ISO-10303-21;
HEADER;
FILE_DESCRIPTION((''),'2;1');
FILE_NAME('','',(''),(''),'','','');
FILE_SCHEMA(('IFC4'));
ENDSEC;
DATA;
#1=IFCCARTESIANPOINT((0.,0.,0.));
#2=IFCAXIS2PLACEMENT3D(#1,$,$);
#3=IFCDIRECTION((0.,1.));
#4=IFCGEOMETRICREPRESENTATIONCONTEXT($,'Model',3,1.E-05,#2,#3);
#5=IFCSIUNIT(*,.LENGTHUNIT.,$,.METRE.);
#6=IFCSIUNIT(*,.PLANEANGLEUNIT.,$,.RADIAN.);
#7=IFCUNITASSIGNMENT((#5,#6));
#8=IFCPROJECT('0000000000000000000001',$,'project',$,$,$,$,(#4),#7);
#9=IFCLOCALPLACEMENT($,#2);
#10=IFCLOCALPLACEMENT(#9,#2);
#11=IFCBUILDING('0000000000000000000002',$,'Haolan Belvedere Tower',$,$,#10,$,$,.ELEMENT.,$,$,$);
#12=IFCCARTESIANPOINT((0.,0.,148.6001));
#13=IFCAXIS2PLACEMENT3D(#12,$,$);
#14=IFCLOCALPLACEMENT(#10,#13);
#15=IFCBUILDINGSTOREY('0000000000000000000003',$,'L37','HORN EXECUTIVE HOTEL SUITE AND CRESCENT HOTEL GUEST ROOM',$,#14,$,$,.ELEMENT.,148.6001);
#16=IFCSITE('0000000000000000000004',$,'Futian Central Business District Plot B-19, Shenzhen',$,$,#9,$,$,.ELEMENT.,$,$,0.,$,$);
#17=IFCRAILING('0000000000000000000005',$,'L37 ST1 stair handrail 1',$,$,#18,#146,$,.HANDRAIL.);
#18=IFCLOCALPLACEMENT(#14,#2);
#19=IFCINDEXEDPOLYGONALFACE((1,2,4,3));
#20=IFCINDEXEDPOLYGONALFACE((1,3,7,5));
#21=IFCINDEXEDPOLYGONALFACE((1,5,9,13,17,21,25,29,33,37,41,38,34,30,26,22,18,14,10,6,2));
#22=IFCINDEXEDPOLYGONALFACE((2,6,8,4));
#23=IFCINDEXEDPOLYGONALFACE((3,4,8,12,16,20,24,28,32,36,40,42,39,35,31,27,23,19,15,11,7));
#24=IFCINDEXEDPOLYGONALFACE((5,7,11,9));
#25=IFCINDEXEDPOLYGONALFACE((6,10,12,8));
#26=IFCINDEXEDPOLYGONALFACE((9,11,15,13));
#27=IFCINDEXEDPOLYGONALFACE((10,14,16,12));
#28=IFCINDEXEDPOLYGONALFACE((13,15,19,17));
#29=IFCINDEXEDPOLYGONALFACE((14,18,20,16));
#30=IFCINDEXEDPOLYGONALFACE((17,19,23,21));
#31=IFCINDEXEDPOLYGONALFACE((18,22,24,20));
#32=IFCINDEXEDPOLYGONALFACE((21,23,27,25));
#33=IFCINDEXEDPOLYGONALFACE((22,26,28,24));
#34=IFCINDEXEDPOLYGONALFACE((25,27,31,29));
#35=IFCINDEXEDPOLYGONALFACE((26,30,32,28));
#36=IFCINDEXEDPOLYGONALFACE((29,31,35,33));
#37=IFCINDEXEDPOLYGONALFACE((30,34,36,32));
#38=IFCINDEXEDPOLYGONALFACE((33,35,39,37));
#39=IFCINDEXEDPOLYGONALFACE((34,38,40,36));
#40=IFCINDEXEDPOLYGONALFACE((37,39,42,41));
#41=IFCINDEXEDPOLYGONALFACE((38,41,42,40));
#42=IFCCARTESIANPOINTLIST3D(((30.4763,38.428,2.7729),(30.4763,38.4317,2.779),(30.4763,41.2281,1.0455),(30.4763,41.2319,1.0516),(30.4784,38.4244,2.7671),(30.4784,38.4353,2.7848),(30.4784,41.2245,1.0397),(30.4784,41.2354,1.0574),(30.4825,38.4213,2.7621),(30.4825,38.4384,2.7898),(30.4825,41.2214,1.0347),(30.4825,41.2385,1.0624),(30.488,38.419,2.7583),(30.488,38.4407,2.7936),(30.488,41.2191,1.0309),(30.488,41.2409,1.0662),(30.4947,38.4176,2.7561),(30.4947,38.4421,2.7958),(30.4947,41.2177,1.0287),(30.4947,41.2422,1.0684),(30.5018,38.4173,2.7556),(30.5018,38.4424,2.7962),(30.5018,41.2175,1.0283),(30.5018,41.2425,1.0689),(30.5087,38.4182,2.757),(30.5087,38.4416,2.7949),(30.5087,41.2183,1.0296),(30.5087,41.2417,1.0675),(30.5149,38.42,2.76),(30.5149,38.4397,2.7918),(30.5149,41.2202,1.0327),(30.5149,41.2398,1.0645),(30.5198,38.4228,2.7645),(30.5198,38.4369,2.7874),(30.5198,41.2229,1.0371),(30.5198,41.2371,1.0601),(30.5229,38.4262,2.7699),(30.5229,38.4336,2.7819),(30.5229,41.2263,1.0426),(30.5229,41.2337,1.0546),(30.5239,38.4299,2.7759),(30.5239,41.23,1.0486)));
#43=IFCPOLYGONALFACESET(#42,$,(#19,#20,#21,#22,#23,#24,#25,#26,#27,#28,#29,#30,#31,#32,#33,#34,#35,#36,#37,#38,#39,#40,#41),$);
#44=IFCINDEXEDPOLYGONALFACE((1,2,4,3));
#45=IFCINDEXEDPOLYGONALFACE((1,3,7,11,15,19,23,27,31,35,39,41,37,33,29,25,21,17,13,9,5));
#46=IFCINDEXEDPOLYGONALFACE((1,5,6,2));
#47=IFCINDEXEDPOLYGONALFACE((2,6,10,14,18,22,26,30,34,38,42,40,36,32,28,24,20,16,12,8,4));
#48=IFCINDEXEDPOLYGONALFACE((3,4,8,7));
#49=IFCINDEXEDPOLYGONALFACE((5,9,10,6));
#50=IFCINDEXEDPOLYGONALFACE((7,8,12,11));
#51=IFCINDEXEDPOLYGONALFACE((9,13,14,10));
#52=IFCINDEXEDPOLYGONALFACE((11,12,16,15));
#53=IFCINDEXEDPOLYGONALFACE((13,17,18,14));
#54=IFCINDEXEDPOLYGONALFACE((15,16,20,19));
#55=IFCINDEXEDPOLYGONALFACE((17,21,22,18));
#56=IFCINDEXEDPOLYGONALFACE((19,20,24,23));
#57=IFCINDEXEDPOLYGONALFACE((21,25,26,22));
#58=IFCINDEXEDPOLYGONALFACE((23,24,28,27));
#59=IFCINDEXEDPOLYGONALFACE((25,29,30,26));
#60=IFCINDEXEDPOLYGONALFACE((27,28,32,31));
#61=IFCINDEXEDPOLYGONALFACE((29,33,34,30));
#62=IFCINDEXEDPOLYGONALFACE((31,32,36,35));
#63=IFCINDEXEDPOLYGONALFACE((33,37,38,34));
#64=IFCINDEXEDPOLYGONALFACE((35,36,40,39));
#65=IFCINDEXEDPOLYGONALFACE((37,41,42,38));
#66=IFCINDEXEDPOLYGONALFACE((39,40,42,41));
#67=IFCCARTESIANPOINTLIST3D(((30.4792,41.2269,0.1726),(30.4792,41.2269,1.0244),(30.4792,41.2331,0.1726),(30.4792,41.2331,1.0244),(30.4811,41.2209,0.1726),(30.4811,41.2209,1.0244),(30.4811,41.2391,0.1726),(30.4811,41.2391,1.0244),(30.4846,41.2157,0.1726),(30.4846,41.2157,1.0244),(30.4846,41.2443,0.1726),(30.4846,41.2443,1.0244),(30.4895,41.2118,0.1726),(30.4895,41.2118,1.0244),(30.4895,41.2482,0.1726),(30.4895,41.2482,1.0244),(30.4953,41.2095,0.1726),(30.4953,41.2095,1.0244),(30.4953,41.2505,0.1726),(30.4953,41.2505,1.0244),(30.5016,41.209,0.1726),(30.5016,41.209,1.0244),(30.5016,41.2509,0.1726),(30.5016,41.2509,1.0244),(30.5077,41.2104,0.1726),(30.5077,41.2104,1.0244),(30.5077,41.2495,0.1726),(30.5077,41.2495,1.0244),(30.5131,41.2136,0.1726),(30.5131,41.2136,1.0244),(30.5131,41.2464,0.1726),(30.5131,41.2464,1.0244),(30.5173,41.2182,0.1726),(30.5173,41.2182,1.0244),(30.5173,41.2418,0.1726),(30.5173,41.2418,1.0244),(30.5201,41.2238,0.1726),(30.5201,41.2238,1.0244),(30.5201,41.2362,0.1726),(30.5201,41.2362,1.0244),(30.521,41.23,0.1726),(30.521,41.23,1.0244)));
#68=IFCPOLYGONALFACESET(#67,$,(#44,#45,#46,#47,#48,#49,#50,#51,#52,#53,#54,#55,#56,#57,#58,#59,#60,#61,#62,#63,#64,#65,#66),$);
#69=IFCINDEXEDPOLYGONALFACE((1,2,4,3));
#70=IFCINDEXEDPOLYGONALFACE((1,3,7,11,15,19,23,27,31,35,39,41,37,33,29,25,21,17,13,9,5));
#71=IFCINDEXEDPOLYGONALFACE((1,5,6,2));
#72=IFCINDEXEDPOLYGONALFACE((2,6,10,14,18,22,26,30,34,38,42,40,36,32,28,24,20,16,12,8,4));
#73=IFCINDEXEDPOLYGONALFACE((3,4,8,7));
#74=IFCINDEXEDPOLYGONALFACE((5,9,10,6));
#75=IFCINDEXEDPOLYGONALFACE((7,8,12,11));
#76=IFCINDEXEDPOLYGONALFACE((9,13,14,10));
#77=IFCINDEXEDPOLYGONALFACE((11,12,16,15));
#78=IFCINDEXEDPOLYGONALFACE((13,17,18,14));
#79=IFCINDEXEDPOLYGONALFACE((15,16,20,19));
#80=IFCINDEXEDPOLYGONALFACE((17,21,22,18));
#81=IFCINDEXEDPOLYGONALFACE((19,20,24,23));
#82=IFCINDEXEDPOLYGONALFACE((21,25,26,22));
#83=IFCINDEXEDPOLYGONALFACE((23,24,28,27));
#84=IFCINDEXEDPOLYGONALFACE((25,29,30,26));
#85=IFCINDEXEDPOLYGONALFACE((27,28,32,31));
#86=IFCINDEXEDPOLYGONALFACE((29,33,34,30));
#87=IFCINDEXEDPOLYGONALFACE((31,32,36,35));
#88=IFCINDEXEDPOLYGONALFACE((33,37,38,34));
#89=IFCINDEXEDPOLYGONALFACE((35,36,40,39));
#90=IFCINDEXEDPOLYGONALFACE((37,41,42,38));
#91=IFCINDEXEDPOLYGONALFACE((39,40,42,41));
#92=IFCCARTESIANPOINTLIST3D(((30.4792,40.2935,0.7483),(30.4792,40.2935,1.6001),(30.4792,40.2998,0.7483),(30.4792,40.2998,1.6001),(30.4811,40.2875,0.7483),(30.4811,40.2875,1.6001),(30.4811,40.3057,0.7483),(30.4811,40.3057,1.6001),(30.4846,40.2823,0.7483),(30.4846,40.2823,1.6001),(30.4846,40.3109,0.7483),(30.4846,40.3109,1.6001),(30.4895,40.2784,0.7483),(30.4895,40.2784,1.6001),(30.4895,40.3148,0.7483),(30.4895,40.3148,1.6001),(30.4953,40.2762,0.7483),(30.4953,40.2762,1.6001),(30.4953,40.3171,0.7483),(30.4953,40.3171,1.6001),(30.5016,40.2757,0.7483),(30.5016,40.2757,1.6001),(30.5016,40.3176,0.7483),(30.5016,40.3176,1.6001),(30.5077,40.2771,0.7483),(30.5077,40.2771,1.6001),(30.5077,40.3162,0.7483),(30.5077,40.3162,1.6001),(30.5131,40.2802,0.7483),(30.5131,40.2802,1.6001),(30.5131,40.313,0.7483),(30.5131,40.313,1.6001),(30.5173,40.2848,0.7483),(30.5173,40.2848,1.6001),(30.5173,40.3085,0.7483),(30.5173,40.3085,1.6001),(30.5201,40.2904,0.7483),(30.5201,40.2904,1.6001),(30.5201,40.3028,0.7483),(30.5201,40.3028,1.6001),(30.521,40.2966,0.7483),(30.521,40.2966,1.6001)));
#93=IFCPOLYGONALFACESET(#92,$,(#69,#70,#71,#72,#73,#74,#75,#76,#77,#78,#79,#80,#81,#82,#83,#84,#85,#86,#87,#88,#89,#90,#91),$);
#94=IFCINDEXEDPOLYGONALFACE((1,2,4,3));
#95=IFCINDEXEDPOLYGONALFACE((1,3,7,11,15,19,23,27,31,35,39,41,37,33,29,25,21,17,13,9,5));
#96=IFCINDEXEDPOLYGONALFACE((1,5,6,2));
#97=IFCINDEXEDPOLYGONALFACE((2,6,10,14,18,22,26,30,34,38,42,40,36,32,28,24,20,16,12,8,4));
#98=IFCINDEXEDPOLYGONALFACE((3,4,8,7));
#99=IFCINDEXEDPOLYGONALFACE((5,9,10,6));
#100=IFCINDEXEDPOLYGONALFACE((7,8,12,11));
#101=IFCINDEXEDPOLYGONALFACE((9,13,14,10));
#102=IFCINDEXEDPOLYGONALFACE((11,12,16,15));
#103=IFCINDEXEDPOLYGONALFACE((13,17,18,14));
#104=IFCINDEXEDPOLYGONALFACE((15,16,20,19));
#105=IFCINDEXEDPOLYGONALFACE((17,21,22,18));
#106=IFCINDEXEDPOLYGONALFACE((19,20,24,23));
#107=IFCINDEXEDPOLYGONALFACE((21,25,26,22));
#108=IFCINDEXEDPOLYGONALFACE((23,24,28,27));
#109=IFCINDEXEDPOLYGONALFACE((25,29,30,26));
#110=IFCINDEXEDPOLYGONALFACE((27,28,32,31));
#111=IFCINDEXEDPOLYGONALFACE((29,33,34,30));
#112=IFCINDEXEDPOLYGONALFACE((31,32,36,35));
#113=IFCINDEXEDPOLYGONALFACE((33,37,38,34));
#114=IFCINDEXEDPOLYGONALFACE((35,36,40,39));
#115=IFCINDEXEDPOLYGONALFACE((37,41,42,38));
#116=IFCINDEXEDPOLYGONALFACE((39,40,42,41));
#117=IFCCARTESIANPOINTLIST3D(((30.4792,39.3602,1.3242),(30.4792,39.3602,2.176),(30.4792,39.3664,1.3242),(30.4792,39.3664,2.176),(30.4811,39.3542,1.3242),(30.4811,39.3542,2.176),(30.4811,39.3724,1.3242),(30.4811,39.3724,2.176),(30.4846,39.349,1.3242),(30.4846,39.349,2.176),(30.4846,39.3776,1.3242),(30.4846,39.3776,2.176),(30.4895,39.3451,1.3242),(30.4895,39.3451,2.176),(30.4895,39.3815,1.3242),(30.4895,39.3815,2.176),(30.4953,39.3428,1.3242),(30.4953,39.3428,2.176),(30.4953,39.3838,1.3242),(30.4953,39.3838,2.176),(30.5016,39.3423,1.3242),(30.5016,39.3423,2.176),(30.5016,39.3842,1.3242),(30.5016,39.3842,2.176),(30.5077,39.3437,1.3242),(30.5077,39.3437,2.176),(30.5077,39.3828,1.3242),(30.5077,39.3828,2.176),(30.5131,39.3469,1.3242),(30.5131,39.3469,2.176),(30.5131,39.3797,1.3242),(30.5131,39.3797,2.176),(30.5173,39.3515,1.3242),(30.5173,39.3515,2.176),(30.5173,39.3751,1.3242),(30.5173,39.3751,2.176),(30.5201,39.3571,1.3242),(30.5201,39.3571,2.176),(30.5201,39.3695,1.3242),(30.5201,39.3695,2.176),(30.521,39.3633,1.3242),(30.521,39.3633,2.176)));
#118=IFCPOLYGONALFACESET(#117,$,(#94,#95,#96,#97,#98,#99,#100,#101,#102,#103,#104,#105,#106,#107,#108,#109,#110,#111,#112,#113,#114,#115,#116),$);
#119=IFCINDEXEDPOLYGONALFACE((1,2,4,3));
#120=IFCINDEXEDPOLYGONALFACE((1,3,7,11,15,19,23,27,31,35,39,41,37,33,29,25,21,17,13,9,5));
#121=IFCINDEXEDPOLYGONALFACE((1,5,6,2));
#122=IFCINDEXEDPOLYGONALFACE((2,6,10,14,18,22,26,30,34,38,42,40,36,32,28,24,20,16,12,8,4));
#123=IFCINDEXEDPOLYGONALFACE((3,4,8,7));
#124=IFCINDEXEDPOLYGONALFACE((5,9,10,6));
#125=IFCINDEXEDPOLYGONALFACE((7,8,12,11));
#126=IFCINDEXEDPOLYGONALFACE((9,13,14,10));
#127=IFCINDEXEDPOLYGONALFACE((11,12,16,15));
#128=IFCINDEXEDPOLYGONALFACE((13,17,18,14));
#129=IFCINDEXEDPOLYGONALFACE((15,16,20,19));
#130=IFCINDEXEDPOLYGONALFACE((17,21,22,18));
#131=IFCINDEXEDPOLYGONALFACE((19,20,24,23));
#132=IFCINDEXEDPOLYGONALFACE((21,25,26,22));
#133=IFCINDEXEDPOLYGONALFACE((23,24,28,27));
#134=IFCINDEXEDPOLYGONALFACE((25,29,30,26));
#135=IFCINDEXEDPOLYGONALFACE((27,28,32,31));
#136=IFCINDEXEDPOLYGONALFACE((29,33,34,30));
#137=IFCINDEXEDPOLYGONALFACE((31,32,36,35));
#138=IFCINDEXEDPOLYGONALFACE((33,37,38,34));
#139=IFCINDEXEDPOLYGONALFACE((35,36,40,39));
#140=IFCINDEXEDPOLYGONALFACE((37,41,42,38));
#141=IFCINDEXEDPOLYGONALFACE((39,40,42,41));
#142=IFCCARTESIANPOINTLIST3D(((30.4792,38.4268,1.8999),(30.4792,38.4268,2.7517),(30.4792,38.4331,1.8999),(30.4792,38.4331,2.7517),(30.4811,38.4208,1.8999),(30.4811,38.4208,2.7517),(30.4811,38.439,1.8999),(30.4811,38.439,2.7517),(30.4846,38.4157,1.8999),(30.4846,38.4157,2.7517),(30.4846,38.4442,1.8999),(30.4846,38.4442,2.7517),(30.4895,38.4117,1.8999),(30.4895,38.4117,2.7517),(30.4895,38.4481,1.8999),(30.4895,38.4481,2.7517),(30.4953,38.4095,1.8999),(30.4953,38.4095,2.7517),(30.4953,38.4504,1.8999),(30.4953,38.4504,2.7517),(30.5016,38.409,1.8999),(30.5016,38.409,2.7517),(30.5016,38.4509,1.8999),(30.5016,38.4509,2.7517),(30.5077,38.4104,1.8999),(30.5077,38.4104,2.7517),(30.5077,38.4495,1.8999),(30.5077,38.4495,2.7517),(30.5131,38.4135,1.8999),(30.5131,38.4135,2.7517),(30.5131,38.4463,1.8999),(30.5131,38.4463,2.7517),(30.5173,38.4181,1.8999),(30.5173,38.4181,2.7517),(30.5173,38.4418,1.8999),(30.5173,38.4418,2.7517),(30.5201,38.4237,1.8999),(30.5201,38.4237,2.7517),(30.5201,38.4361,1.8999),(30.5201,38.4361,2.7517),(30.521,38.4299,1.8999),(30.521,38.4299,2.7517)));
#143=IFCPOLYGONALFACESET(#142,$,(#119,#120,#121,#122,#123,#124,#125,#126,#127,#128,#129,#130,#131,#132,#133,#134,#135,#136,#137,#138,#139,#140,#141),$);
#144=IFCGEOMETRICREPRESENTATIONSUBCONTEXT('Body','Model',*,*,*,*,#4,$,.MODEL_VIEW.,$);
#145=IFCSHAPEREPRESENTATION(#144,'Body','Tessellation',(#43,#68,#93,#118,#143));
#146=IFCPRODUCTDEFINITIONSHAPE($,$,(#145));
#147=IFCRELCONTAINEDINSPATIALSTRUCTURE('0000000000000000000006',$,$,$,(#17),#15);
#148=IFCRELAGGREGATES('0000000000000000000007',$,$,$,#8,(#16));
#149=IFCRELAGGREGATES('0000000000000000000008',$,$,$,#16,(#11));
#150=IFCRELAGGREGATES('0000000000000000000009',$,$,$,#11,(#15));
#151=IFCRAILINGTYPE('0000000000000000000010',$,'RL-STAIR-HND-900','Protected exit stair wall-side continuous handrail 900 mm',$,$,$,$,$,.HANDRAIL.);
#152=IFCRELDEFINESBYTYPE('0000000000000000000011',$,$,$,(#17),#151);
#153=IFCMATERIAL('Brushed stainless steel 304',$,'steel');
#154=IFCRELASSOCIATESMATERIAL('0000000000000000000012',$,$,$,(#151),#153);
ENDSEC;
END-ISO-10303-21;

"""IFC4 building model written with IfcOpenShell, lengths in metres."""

from ifc_helpers import new_model, si_unit, direction, frame, origin, origin_2d, place, context, subcontext, project, spatial, circle, extrude, material, type_object, element, save


model = new_model("IFC4")

# Units and contexts
model_context = context("Model", 3, precision=1e-05, world=origin(), true_north=direction((0.0, 1.0)))
body_context = subcontext(model_context, "Body", "Model", "MODEL_VIEW")
ifc_project = project(units=[si_unit("LENGTHUNIT", "METRE"), si_unit("PLANEANGLEUNIT", "RADIAN")], contexts=[model_context])

# Site, building, storey
site_placement = place(None, origin())
site = spatial("IfcSite", under=ifc_project, at=site_placement, Name="Futian Central Business District Plot B-19, Shenzhen", CompositionType="ELEMENT", RefElevation=0.0)
building_placement = place(site_placement, origin())
building = spatial("IfcBuilding", under=site, at=building_placement, Name="Haolan Belvedere Tower", CompositionType="ELEMENT")
storey_placement = place(building_placement, frame((0.0, 0.0, 148.6001)))
storey = spatial("IfcBuildingStorey", under=building, at=storey_placement, Name="L37", Description="HORN EXECUTIVE HOTEL SUITE AND CRESCENT HOTEL GUEST ROOM", CompositionType="ELEMENT", Elevation=148.6001)

# Railing
ifc_material_1 = material(Name="Brushed stainless steel 304", Category="steel")
railing_type_1 = type_object("IfcRailingType", Name="RL-STAIR-HND-900", Description="Protected exit stair wall-side continuous handrail 900 mm", PredefinedType="HANDRAIL", material=ifc_material_1)
railing_1_placement = place(storey_placement, frame((30.5, 41.23, 0.1726)))
element("IfcRailing", 1, at=railing_1_placement, inside=storey, type_object=railing_type_1, Name="L37 ST1 stair handrail 1", PredefinedType="HANDRAIL", context=body_context, shape_type="SweptSolid", body=[
    extrude(circle(Radius=0.0239, at=origin_2d()), frame((0.0, 0.0, 0.876), z_axis=(0.0, -0.85109, 0.52502), x_axis=(1.0, 0.0, 0.0)), (0.0, 0.0, 1.0), 3.29),
    extrude(circle(Radius=0.021, at=origin_2d()), origin(), (0.0, 0.0, 1.0), 0.8518),
    extrude(circle(Radius=0.021, at=origin_2d()), frame((0.0, -0.9333, 0.5757)), (0.0, 0.0, 1.0), 0.8518),
    extrude(circle(Radius=0.021, at=origin_2d()), frame((0.0, -1.8667, 1.1516)), (0.0, 0.0, 1.0), 0.8518),
    extrude(circle(Radius=0.021, at=origin_2d()), frame((0.0, -2.8, 1.7273)), (0.0, 0.0, 1.0), 0.8518),
])

save(model, "model.ifc")
